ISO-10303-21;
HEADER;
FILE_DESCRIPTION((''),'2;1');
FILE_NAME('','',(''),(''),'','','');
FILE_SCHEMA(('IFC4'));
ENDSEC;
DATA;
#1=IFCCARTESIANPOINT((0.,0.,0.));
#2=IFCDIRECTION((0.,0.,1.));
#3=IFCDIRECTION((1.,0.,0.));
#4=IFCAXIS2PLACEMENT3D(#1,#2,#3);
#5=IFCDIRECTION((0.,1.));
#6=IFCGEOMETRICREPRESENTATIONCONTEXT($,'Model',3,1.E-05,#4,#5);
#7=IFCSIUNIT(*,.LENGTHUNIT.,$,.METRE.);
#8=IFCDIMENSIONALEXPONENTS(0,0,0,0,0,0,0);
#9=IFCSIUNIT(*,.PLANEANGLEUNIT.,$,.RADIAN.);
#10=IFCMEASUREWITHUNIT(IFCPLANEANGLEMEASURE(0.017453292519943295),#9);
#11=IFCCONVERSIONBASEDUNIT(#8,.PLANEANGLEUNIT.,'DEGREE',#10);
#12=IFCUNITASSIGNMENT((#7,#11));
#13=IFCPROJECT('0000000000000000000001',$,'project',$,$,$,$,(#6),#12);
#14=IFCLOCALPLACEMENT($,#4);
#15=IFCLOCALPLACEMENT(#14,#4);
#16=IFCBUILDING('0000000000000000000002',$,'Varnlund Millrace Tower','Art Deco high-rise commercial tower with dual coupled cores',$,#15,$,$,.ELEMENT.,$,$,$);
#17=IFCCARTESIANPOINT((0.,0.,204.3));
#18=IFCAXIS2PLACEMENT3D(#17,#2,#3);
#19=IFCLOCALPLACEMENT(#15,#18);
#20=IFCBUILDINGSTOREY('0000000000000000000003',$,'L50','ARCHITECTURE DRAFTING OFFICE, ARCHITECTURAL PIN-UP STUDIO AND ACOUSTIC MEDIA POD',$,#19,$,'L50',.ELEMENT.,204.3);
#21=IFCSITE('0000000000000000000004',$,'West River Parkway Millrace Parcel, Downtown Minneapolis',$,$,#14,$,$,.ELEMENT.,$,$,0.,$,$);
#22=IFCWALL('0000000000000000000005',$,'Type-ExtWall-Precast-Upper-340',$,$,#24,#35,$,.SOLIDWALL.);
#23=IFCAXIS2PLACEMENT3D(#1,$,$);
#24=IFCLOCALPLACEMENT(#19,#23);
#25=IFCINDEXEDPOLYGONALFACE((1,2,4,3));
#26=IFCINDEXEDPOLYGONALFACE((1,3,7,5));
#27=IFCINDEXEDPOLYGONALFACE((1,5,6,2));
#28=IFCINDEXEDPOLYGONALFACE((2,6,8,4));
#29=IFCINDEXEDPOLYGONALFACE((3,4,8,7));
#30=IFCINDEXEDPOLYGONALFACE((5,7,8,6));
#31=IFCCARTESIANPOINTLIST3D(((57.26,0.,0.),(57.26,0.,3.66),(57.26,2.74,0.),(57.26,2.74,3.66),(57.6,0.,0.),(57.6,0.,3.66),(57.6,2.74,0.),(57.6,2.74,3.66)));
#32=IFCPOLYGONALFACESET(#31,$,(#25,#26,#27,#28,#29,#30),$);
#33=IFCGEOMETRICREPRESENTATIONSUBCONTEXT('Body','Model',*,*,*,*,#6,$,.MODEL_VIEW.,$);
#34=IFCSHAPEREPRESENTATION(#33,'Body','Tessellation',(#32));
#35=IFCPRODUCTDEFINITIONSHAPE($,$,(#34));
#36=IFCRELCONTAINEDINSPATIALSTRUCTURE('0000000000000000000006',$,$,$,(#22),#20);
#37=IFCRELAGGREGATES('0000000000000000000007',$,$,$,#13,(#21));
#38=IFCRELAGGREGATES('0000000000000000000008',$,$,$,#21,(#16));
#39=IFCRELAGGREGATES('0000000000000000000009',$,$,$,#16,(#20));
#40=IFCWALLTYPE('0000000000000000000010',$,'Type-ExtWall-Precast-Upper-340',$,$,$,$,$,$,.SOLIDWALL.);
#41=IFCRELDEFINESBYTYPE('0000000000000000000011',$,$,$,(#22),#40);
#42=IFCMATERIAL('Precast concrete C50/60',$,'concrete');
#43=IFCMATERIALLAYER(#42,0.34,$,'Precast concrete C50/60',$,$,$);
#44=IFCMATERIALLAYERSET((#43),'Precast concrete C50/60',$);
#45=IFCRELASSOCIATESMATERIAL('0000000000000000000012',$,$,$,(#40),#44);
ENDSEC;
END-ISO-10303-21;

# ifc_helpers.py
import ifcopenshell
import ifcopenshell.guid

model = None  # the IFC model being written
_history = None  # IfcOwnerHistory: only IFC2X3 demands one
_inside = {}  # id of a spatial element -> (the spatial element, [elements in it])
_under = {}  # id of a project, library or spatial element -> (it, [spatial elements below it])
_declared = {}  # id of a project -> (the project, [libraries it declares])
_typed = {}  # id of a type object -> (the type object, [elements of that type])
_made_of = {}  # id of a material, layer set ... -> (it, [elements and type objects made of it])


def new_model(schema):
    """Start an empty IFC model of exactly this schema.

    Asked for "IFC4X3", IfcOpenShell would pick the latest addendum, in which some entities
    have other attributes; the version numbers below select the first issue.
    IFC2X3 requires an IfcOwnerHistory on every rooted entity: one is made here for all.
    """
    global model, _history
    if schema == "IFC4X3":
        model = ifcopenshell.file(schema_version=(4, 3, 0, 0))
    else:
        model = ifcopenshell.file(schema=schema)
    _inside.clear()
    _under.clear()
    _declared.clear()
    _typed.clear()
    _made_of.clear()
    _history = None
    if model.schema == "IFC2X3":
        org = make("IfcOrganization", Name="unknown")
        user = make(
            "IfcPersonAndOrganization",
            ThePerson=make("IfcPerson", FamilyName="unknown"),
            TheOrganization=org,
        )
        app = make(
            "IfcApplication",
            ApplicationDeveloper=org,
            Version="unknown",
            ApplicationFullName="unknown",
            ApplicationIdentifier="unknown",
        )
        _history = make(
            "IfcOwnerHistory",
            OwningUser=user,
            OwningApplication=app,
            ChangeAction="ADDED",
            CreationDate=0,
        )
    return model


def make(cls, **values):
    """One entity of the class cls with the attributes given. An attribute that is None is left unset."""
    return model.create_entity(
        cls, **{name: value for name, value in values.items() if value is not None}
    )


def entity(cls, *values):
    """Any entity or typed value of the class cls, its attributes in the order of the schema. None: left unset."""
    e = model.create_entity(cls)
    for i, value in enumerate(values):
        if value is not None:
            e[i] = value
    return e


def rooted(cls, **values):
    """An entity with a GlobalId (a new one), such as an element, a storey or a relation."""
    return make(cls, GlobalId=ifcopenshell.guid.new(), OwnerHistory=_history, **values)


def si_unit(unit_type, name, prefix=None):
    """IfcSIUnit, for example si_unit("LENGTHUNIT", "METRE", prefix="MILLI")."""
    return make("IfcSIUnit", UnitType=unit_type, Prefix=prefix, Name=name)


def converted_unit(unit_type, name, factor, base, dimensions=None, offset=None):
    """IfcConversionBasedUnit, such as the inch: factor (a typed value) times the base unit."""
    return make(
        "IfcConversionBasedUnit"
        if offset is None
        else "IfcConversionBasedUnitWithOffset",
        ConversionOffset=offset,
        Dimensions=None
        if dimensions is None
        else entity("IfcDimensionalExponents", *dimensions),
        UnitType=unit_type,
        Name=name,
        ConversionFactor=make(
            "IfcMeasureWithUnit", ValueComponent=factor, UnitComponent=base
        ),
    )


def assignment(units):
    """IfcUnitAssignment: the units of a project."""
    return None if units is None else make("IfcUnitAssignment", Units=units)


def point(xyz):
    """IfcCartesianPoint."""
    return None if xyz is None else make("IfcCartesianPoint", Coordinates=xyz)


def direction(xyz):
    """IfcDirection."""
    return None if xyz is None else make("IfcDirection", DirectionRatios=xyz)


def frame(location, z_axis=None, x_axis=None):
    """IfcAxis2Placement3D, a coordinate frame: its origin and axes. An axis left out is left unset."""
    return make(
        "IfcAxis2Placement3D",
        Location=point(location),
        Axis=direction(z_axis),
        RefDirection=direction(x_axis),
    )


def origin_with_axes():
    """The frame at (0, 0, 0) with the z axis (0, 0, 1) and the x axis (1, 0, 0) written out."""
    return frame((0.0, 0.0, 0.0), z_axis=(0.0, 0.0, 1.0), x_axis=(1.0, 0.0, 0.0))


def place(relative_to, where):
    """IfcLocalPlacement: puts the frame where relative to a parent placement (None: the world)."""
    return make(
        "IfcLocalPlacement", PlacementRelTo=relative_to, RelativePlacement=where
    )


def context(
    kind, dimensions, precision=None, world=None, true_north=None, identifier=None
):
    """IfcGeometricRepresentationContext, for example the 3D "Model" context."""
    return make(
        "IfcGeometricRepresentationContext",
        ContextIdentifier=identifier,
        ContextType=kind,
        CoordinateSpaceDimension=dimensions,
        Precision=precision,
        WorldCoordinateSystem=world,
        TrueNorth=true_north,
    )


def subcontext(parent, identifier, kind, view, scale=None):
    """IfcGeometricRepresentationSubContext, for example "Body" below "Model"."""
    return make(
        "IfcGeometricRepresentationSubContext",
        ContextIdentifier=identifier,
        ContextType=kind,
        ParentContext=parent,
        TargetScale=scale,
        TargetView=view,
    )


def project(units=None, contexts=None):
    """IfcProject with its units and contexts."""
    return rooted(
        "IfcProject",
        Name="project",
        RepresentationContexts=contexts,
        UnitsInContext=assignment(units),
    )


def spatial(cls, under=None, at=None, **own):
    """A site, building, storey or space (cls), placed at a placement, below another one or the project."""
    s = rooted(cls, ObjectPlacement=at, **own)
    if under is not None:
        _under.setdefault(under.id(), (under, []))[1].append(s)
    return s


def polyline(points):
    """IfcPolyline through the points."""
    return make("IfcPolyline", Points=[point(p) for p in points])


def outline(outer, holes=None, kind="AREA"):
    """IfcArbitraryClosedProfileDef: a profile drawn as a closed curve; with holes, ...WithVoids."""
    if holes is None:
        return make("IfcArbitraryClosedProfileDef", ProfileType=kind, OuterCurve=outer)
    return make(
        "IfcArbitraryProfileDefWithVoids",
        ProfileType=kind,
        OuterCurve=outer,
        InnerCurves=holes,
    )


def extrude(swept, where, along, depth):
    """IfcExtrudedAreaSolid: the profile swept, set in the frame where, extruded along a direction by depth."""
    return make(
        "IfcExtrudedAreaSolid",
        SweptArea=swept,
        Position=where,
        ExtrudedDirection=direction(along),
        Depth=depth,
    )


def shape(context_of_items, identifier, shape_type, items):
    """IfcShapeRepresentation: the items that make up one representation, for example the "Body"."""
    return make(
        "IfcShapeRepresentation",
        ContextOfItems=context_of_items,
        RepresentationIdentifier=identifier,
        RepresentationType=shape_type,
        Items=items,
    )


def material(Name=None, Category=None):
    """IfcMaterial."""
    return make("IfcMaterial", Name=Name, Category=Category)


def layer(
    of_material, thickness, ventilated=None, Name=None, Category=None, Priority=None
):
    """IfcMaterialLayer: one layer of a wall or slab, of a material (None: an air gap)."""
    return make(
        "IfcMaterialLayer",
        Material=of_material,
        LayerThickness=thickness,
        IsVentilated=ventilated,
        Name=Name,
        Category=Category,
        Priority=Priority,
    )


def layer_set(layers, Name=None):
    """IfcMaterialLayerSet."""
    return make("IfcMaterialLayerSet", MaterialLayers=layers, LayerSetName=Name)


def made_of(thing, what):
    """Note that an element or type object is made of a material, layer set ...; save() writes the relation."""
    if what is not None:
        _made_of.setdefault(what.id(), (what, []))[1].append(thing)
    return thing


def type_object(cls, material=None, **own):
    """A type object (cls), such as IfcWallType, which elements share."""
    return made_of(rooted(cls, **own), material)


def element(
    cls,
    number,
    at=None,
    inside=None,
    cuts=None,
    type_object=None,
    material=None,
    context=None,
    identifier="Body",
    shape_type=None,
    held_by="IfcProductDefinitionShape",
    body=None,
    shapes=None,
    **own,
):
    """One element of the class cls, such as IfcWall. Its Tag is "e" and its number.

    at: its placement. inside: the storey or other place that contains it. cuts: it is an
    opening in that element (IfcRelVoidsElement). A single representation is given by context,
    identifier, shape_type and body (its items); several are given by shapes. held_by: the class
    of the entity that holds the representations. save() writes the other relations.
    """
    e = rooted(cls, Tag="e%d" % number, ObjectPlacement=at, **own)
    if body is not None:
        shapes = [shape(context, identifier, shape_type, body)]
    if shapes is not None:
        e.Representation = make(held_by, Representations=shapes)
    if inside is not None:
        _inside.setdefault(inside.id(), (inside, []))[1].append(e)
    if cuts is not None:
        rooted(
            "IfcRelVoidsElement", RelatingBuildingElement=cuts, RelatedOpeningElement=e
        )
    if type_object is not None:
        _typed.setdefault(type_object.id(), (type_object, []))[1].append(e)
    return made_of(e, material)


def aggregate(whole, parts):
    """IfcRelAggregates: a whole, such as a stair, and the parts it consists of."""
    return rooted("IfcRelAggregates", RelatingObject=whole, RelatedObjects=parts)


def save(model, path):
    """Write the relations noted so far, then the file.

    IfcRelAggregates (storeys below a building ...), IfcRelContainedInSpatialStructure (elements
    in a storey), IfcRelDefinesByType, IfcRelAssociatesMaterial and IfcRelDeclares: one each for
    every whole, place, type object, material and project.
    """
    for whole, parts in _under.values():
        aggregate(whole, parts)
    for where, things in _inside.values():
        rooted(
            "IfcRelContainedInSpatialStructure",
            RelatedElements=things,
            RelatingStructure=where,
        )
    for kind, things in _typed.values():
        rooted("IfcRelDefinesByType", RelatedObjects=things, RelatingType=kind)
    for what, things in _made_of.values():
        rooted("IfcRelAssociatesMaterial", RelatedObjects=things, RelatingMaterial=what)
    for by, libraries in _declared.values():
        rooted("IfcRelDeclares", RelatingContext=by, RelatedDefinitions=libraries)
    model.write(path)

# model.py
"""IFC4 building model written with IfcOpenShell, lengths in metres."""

from ifc_helpers import new_model, entity, si_unit, converted_unit, direction, frame, origin_with_axes, place, context, subcontext, project, spatial, polyline, outline, extrude, material, layer, layer_set, type_object, element, save


model = new_model("IFC4")

# Units and contexts
model_context = context("Model", 3, precision=1e-05, world=origin_with_axes(), true_north=direction((0.0, 1.0)))
body_context = subcontext(model_context, "Body", "Model", "MODEL_VIEW")
ifc_project = project(units=[si_unit("LENGTHUNIT", "METRE"), converted_unit("PLANEANGLEUNIT", "DEGREE", entity("IfcPlaneAngleMeasure", 0.017453292519943295), si_unit("PLANEANGLEUNIT", "RADIAN"), dimensions=[0, 0, 0, 0, 0, 0, 0])], contexts=[model_context])

# Site, building, storey
site_placement = place(None, origin_with_axes())
site = spatial("IfcSite", under=ifc_project, at=site_placement, Name="West River Parkway Millrace Parcel, Downtown Minneapolis", CompositionType="ELEMENT", RefElevation=0.0)
building_placement = place(site_placement, origin_with_axes())
building = spatial("IfcBuilding", under=site, at=building_placement, Name="Varnlund Millrace Tower", Description="Art Deco high-rise commercial tower with dual coupled cores", CompositionType="ELEMENT")
storey_placement = place(building_placement, frame((0.0, 0.0, 204.3), z_axis=(0.0, 0.0, 1.0), x_axis=(1.0, 0.0, 0.0)))
storey = spatial("IfcBuildingStorey", under=building, at=storey_placement, Name="L50", Description="ARCHITECTURE DRAFTING OFFICE, ARCHITECTURAL PIN-UP STUDIO AND ACOUSTIC MEDIA POD", LongName="L50", CompositionType="ELEMENT", Elevation=204.3)

# Wall
ifc_material_1 = material(Name="Precast concrete C50/60", Category="concrete")
ifc_layer = layer(ifc_material_1, 0.34, Name="Precast concrete C50/60")
ifc_layer_set = layer_set([ifc_layer], Name="Precast concrete C50/60")
wall_type = type_object("IfcWallType", Name="Type-ExtWall-Precast-Upper-340", PredefinedType="SOLIDWALL", material=ifc_layer_set)
wall_1_placement = place(storey_placement, frame((57.43, 2.74, 0.0), z_axis=(0.0, 0.0, 1.0), x_axis=(0.0, -1.0, 0.0)))
element("IfcWall", 1, at=wall_1_placement, inside=storey, type_object=wall_type, Name="Type-ExtWall-Precast-Upper-340", PredefinedType="SOLIDWALL", context=body_context, shape_type="SweptSolid", body=[
    extrude(outline(polyline([(0.0, -0.17), (2.74, -0.17), (2.74, 0.17), (0.0, 0.17), (0.0, -0.17)])), origin_with_axes(), (0.0, 0.0, 1.0), 3.66),
])

save(model, "model.ifc")
